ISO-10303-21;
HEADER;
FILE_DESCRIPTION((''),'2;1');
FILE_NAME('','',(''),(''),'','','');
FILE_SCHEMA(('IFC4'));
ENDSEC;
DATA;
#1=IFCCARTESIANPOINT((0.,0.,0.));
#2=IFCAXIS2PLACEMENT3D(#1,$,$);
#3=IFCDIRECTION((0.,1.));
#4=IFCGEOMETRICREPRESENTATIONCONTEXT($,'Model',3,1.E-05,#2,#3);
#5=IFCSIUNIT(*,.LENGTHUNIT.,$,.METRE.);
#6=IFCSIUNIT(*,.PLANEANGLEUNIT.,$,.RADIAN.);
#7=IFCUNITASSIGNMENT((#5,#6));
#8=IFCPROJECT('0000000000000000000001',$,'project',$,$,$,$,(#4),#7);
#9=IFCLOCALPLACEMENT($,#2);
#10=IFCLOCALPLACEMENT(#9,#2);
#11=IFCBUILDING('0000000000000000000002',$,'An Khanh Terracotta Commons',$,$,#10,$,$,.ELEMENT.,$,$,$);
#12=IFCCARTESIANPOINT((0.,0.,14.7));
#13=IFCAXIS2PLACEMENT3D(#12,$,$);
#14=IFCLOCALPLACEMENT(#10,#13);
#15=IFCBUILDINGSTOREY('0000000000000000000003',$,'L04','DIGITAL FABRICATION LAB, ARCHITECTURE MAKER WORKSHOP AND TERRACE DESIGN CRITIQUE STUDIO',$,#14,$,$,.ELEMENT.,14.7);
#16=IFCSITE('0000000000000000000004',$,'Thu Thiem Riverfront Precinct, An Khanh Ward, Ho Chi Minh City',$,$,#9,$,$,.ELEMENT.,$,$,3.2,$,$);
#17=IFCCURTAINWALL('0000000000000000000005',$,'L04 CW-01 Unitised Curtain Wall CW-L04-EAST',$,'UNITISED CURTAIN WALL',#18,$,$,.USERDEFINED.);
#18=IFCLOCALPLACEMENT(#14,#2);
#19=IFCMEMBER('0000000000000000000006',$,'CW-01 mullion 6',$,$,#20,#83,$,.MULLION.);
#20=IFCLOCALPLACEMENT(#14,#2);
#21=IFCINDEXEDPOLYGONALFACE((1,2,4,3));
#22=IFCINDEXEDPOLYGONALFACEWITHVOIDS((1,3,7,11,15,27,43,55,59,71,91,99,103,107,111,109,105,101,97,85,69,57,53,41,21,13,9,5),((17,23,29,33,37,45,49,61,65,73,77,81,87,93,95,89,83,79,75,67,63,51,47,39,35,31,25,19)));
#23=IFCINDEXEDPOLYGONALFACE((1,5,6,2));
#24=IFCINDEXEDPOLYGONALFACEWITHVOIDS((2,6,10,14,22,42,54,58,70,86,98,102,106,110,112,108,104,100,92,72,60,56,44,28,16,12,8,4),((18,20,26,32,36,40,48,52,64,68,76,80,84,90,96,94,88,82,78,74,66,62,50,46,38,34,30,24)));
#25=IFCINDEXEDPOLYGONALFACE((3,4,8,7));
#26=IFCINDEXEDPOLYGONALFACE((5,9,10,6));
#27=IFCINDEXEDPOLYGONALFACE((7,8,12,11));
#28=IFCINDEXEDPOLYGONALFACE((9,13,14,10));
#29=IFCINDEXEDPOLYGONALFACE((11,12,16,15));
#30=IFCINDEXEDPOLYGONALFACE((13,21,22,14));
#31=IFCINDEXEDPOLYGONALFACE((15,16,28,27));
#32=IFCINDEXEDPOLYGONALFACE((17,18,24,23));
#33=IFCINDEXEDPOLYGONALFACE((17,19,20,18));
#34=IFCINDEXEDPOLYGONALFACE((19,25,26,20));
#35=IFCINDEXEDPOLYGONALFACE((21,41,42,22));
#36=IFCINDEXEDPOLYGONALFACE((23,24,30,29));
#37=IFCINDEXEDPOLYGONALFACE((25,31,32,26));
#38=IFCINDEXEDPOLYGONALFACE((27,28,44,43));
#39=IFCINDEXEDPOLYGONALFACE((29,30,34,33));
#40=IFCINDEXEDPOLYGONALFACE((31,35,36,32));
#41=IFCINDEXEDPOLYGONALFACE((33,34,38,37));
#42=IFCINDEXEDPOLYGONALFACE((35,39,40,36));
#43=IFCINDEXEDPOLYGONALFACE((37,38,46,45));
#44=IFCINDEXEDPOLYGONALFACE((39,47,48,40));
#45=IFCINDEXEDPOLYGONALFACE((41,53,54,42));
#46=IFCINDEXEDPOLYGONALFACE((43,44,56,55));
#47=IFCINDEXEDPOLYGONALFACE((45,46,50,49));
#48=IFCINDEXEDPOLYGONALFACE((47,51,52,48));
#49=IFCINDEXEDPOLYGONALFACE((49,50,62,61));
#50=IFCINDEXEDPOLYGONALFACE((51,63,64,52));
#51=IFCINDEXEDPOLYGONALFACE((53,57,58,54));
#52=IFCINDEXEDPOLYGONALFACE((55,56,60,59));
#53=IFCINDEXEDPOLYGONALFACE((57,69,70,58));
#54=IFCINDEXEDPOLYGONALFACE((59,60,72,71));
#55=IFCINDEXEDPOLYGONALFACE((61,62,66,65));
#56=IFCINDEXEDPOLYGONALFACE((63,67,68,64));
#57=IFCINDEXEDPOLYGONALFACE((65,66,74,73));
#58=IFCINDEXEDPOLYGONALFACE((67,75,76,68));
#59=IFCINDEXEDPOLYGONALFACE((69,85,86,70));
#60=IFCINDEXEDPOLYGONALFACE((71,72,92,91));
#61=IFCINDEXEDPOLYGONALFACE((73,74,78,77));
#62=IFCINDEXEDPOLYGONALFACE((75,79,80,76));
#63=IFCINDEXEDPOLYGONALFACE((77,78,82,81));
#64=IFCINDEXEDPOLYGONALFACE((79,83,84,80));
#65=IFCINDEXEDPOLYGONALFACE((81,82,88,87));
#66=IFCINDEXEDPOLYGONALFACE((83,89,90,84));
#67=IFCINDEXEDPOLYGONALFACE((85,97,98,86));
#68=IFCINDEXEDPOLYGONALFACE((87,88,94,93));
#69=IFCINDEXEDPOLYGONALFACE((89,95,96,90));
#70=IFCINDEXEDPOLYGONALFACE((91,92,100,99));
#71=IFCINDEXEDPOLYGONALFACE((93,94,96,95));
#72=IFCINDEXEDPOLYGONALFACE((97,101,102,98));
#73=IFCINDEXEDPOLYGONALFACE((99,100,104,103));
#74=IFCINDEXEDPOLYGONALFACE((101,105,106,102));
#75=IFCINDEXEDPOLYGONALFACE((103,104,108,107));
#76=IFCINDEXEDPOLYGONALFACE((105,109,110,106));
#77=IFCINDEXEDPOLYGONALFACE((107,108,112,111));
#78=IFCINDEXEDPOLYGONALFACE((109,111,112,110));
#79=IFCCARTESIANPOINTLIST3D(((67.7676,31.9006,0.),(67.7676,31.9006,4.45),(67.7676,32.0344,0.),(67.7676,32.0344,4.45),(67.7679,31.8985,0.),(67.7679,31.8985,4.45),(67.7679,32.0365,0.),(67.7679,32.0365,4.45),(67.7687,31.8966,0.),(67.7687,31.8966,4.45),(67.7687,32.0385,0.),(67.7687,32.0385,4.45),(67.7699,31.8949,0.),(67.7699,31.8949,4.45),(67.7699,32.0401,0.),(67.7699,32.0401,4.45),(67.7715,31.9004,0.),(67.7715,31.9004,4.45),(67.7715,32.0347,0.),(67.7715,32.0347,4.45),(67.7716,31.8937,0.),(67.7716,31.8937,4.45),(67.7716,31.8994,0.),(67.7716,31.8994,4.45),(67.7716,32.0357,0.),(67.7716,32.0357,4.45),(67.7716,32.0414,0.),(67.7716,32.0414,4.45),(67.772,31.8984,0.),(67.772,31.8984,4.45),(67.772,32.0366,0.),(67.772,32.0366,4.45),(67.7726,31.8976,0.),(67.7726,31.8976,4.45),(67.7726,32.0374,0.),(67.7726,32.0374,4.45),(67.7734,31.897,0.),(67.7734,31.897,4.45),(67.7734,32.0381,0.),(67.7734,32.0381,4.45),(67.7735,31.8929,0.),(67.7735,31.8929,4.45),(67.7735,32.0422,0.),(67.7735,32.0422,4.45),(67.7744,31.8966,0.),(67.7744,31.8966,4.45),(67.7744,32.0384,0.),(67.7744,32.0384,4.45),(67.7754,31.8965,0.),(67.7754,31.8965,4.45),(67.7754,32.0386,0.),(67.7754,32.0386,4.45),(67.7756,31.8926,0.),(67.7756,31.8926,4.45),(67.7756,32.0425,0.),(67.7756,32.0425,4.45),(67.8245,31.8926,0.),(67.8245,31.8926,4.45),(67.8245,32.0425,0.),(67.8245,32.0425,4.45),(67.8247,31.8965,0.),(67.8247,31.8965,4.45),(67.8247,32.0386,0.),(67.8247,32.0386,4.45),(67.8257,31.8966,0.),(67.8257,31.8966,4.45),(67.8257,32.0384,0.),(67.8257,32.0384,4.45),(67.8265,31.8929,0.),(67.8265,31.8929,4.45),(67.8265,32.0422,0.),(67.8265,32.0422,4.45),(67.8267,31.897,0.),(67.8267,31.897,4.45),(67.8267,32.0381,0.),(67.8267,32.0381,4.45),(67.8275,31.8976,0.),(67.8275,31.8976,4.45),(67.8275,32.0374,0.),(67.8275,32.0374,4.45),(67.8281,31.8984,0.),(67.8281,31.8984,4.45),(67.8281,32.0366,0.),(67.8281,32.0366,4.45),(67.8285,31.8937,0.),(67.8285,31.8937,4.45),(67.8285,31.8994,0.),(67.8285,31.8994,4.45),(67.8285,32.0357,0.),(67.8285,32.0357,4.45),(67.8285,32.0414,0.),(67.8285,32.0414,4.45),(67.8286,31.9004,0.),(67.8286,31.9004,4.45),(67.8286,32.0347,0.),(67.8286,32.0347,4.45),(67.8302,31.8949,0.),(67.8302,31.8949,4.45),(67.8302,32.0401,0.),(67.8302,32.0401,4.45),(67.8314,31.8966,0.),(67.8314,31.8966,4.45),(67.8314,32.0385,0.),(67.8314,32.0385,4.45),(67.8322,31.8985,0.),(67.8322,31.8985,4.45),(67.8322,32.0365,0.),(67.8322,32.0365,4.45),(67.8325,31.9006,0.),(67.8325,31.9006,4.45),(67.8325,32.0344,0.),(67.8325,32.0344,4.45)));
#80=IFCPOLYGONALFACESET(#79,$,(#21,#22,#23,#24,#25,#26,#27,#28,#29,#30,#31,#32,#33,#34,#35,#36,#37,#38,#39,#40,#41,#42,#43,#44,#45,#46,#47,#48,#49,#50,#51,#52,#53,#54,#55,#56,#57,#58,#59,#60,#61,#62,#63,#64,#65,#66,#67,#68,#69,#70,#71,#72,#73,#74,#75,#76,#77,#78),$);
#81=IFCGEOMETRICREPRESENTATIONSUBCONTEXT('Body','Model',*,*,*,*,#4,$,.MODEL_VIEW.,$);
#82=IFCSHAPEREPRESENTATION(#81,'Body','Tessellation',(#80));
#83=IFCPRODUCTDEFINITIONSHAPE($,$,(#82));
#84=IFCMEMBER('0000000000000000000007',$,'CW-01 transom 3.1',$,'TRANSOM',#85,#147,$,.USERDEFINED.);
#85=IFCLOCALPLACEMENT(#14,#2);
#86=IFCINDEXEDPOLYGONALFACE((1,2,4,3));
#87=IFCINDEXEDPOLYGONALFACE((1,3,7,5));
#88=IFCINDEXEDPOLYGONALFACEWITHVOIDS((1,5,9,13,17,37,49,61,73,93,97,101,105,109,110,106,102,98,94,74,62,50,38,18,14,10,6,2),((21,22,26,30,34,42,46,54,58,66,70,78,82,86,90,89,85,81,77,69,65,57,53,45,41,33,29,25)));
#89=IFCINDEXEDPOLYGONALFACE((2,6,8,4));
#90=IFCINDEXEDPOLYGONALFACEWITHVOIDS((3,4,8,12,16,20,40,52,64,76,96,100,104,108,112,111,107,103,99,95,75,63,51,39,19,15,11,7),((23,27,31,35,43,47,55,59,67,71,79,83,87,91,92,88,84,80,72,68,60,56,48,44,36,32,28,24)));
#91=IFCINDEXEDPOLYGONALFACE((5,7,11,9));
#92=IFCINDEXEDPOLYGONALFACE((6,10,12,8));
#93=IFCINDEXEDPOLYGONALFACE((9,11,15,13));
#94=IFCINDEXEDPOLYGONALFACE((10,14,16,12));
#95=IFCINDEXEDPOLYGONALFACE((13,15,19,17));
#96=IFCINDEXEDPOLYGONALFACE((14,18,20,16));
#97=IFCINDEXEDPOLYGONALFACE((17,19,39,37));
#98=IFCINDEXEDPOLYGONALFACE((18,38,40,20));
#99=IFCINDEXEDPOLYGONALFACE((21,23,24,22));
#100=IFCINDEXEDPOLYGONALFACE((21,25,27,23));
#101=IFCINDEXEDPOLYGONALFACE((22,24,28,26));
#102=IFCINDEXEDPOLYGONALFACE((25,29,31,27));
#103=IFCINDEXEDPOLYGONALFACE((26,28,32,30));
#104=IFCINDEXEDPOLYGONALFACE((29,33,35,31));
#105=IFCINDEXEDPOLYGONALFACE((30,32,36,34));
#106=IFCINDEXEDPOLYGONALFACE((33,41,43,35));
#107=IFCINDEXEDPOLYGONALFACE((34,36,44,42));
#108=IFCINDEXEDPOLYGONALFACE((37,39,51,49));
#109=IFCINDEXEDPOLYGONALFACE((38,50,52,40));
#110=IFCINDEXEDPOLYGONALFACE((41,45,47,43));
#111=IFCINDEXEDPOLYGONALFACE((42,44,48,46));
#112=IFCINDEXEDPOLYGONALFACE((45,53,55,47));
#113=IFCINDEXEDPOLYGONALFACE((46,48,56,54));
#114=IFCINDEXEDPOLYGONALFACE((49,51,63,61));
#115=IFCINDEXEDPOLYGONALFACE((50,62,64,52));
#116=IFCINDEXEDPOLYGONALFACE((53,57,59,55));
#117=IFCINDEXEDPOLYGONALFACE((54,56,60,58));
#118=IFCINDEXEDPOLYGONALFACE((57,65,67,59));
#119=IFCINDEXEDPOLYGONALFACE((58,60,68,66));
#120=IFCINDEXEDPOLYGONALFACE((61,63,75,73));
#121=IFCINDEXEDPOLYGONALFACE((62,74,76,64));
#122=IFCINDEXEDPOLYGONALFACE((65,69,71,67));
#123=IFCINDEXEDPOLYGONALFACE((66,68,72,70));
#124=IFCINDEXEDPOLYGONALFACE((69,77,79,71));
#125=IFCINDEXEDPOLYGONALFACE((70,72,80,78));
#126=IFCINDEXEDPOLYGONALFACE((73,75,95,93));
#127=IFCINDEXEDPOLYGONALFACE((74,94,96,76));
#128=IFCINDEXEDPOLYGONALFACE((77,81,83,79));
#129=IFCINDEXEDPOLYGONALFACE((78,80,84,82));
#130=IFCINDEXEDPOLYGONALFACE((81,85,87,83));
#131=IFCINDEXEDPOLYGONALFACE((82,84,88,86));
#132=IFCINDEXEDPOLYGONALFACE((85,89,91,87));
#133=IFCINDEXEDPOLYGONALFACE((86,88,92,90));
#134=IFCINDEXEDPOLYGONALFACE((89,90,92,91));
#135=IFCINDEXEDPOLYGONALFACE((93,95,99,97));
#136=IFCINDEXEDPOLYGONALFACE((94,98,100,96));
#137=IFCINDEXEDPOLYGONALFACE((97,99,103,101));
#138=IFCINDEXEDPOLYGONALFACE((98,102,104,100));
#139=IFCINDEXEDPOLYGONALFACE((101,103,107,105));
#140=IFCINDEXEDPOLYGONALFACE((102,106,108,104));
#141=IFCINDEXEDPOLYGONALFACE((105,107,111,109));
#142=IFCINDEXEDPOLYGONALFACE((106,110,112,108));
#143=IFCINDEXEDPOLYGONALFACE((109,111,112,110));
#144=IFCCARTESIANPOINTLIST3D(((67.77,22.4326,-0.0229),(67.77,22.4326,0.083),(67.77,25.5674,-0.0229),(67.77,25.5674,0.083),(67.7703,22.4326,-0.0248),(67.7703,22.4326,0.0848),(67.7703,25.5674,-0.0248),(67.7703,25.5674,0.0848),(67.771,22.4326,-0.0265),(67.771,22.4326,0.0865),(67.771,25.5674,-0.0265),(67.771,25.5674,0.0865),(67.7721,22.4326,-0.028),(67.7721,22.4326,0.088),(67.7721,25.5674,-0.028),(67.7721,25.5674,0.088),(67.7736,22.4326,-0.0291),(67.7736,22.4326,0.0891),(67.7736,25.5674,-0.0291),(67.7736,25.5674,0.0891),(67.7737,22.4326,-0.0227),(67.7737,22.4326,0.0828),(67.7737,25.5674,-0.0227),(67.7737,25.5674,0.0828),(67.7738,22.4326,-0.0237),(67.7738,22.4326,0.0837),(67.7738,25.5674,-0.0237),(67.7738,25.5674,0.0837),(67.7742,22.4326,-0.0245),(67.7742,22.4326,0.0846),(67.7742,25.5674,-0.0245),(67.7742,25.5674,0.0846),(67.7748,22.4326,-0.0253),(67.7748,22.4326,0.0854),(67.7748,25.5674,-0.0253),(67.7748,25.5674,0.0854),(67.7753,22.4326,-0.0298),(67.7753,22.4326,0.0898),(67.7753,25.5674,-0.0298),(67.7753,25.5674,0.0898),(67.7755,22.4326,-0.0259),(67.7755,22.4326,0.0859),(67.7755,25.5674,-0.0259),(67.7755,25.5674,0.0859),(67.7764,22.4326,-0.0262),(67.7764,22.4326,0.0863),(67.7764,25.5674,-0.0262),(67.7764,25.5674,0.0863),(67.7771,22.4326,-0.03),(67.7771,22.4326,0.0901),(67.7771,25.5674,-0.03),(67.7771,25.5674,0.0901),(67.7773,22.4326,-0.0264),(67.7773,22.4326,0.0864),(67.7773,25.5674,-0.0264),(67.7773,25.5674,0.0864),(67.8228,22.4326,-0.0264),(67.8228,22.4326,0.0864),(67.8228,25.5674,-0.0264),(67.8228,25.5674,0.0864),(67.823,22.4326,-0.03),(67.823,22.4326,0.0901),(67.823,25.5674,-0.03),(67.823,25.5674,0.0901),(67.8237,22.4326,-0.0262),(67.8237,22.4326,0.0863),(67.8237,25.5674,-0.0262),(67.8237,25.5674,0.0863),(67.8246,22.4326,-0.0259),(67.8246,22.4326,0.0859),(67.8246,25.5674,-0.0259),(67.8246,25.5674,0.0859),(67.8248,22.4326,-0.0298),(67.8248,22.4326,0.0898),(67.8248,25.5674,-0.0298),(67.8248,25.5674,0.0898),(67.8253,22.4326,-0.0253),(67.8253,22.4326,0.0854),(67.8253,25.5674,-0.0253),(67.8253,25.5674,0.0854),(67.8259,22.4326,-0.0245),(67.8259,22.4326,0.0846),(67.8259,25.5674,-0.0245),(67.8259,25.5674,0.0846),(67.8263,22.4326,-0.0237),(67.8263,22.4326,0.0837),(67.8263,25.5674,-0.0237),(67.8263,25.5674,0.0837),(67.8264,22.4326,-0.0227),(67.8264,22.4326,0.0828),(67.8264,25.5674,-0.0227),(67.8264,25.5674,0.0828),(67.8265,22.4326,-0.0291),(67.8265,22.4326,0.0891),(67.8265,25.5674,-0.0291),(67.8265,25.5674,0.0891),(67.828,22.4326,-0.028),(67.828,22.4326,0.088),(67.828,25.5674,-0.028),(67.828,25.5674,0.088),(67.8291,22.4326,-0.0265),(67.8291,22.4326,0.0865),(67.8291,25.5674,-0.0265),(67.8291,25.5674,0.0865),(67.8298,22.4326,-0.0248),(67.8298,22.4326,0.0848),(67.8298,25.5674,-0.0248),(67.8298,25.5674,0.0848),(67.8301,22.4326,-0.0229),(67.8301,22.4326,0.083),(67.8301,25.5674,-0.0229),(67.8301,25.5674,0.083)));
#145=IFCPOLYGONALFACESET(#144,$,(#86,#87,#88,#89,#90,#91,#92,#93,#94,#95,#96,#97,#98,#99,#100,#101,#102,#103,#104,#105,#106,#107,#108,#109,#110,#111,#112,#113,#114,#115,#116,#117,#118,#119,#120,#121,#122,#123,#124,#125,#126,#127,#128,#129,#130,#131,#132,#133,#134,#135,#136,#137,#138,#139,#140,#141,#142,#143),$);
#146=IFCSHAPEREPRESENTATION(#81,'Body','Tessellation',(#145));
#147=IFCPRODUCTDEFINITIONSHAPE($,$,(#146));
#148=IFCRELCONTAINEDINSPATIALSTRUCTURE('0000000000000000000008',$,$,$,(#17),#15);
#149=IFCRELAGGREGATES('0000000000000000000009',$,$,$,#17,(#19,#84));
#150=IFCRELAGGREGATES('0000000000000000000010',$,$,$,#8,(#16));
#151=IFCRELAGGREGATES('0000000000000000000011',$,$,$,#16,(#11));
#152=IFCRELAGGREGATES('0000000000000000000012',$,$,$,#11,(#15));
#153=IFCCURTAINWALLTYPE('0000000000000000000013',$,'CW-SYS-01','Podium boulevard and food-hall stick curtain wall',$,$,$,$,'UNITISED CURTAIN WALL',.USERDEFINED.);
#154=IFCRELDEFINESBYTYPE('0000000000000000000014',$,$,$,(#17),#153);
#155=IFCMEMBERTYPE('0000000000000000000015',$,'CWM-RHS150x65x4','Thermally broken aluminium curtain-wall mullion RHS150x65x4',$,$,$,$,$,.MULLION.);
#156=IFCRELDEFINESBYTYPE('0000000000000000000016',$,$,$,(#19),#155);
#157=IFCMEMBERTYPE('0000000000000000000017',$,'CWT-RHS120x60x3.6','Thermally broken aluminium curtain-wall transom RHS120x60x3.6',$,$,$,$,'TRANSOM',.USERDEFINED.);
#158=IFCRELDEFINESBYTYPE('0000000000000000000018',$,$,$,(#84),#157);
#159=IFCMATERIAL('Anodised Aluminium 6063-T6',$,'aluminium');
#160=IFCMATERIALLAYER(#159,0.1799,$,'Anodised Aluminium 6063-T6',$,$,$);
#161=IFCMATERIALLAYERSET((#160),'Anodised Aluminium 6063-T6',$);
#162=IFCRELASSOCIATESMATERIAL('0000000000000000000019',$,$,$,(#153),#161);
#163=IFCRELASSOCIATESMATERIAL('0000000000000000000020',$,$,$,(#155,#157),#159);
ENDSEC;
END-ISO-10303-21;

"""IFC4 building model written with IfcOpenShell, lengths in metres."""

from ifc_helpers import new_model, si_unit, direction, frame, origin, origin_2d, place, context, subcontext, project, spatial, hollow_rectangle, extrude, material, layer, layer_set, material_profile, profile_set, type_object, element, aggregate, save


model = new_model("IFC4")

# Units and contexts
model_context = context("Model", 3, precision=1e-05, world=origin(), true_north=direction((0.0, 1.0)))
body_context = subcontext(model_context, "Body", "Model", "MODEL_VIEW")
ifc_project = project(units=[si_unit("LENGTHUNIT", "METRE"), si_unit("PLANEANGLEUNIT", "RADIAN")], contexts=[model_context])

# Site, building, storey
site_placement = place(None, origin())
site = spatial("IfcSite", under=ifc_project, at=site_placement, Name="Thu Thiem Riverfront Precinct, An Khanh Ward, Ho Chi Minh City", CompositionType="ELEMENT", RefElevation=3.2)
building_placement = place(site_placement, origin())
building = spatial("IfcBuilding", under=site, at=building_placement, Name="An Khanh Terracotta Commons", CompositionType="ELEMENT")
storey_placement = place(building_placement, frame((0.0, 0.0, 14.7)))
storey = spatial("IfcBuildingStorey", under=building, at=storey_placement, Name="L04", Description="DIGITAL FABRICATION LAB, ARCHITECTURE MAKER WORKSHOP AND TERRACE DESIGN CRITIQUE STUDIO", CompositionType="ELEMENT", Elevation=14.7)

# Curtain wall, members
ifc_material_1 = material(Name="Anodised Aluminium 6063-T6", Category="aluminium")
ifc_layer_1 = layer(ifc_material_1, 0.1799, Name="Anodised Aluminium 6063-T6")
ifc_layer_set_1 = layer_set([ifc_layer_1], Name="Anodised Aluminium 6063-T6")
curtain_wall_type = type_object("IfcCurtainWallType", Name="CW-SYS-01", Description="Podium boulevard and food-hall stick curtain wall", ElementType="UNITISED CURTAIN WALL", PredefinedType="USERDEFINED", material=ifc_layer_set_1)
curtain_wall_placement = place(storey_placement, origin())
curtain_wall = element("IfcCurtainWall", 1, at=curtain_wall_placement, inside=storey, type_object=curtain_wall_type, Name="L04 CW-01 Unitised Curtain Wall CW-L04-EAST", ObjectType="UNITISED CURTAIN WALL", PredefinedType="USERDEFINED")
ifc_material_profile_1 = material_profile(ifc_material_1, hollow_rectangle(XDim=0.0649, YDim=0.1499, WallThickness=0.0039, InnerFilletRadius=0.0039, OuterFilletRadius=0.0081, at=origin_2d()), Name="RHS150x65x4")
ifc_profile_set_1 = profile_set([ifc_material_profile_1], Name="Anodised Aluminium 6063-T6")
member_type_1 = type_object("IfcMemberType", Name="CWM-RHS150x65x4", Description="Thermally broken aluminium curtain-wall mullion RHS150x65x4", PredefinedType="MULLION", material=ifc_profile_set_1)
member_1_placement = place(storey_placement, frame((67.8, 31.9675, 0.0), z_axis=(0.0, 0.0, 1.0), x_axis=(-1.0, 0.0, 0.0)))
member_1 = element("IfcMember", 2, at=member_1_placement, type_object=member_type_1, Name="CW-01 mullion 6", PredefinedType="MULLION", context=body_context, shape_type="SweptSolid", body=[
    extrude(hollow_rectangle(XDim=0.0649, YDim=0.1499, WallThickness=0.0039, InnerFilletRadius=0.0039, OuterFilletRadius=0.0081, at=origin_2d()), origin(), (0.0, 0.0, 1.0), 4.45),
])
ifc_material_profile_2 = material_profile(ifc_material_1, hollow_rectangle(XDim=0.0601, YDim=0.1201, WallThickness=0.0037, InnerFilletRadius=0.0037, OuterFilletRadius=0.0071, at=origin_2d()), Name="RHS120x60x3.6")
ifc_profile_set_2 = profile_set([ifc_material_profile_2], Name="Anodised Aluminium 6063-T6")
member_type_2 = type_object("IfcMemberType", Name="CWT-RHS120x60x3.6", Description="Thermally broken aluminium curtain-wall transom RHS120x60x3.6", ElementType="TRANSOM", PredefinedType="USERDEFINED", material=ifc_profile_set_2)
member_2_placement = place(storey_placement, frame((67.8, 22.4326, 0.03), z_axis=(0.0, 1.0, 0.0), x_axis=(-1.0, 0.0, 0.0)))
member_2 = element("IfcMember", 3, at=member_2_placement, type_object=member_type_2, Name="CW-01 transom 3.1", ObjectType="TRANSOM", PredefinedType="USERDEFINED", context=body_context, shape_type="SweptSolid", body=[
    extrude(hollow_rectangle(XDim=0.0601, YDim=0.1201, WallThickness=0.0037, InnerFilletRadius=0.0037, OuterFilletRadius=0.0071, at=origin_2d()), origin(), (0.0, 0.0, 1.0), 3.1348),
])
aggregate(curtain_wall, [member_1, member_2])

save(model, "model.ifc")
